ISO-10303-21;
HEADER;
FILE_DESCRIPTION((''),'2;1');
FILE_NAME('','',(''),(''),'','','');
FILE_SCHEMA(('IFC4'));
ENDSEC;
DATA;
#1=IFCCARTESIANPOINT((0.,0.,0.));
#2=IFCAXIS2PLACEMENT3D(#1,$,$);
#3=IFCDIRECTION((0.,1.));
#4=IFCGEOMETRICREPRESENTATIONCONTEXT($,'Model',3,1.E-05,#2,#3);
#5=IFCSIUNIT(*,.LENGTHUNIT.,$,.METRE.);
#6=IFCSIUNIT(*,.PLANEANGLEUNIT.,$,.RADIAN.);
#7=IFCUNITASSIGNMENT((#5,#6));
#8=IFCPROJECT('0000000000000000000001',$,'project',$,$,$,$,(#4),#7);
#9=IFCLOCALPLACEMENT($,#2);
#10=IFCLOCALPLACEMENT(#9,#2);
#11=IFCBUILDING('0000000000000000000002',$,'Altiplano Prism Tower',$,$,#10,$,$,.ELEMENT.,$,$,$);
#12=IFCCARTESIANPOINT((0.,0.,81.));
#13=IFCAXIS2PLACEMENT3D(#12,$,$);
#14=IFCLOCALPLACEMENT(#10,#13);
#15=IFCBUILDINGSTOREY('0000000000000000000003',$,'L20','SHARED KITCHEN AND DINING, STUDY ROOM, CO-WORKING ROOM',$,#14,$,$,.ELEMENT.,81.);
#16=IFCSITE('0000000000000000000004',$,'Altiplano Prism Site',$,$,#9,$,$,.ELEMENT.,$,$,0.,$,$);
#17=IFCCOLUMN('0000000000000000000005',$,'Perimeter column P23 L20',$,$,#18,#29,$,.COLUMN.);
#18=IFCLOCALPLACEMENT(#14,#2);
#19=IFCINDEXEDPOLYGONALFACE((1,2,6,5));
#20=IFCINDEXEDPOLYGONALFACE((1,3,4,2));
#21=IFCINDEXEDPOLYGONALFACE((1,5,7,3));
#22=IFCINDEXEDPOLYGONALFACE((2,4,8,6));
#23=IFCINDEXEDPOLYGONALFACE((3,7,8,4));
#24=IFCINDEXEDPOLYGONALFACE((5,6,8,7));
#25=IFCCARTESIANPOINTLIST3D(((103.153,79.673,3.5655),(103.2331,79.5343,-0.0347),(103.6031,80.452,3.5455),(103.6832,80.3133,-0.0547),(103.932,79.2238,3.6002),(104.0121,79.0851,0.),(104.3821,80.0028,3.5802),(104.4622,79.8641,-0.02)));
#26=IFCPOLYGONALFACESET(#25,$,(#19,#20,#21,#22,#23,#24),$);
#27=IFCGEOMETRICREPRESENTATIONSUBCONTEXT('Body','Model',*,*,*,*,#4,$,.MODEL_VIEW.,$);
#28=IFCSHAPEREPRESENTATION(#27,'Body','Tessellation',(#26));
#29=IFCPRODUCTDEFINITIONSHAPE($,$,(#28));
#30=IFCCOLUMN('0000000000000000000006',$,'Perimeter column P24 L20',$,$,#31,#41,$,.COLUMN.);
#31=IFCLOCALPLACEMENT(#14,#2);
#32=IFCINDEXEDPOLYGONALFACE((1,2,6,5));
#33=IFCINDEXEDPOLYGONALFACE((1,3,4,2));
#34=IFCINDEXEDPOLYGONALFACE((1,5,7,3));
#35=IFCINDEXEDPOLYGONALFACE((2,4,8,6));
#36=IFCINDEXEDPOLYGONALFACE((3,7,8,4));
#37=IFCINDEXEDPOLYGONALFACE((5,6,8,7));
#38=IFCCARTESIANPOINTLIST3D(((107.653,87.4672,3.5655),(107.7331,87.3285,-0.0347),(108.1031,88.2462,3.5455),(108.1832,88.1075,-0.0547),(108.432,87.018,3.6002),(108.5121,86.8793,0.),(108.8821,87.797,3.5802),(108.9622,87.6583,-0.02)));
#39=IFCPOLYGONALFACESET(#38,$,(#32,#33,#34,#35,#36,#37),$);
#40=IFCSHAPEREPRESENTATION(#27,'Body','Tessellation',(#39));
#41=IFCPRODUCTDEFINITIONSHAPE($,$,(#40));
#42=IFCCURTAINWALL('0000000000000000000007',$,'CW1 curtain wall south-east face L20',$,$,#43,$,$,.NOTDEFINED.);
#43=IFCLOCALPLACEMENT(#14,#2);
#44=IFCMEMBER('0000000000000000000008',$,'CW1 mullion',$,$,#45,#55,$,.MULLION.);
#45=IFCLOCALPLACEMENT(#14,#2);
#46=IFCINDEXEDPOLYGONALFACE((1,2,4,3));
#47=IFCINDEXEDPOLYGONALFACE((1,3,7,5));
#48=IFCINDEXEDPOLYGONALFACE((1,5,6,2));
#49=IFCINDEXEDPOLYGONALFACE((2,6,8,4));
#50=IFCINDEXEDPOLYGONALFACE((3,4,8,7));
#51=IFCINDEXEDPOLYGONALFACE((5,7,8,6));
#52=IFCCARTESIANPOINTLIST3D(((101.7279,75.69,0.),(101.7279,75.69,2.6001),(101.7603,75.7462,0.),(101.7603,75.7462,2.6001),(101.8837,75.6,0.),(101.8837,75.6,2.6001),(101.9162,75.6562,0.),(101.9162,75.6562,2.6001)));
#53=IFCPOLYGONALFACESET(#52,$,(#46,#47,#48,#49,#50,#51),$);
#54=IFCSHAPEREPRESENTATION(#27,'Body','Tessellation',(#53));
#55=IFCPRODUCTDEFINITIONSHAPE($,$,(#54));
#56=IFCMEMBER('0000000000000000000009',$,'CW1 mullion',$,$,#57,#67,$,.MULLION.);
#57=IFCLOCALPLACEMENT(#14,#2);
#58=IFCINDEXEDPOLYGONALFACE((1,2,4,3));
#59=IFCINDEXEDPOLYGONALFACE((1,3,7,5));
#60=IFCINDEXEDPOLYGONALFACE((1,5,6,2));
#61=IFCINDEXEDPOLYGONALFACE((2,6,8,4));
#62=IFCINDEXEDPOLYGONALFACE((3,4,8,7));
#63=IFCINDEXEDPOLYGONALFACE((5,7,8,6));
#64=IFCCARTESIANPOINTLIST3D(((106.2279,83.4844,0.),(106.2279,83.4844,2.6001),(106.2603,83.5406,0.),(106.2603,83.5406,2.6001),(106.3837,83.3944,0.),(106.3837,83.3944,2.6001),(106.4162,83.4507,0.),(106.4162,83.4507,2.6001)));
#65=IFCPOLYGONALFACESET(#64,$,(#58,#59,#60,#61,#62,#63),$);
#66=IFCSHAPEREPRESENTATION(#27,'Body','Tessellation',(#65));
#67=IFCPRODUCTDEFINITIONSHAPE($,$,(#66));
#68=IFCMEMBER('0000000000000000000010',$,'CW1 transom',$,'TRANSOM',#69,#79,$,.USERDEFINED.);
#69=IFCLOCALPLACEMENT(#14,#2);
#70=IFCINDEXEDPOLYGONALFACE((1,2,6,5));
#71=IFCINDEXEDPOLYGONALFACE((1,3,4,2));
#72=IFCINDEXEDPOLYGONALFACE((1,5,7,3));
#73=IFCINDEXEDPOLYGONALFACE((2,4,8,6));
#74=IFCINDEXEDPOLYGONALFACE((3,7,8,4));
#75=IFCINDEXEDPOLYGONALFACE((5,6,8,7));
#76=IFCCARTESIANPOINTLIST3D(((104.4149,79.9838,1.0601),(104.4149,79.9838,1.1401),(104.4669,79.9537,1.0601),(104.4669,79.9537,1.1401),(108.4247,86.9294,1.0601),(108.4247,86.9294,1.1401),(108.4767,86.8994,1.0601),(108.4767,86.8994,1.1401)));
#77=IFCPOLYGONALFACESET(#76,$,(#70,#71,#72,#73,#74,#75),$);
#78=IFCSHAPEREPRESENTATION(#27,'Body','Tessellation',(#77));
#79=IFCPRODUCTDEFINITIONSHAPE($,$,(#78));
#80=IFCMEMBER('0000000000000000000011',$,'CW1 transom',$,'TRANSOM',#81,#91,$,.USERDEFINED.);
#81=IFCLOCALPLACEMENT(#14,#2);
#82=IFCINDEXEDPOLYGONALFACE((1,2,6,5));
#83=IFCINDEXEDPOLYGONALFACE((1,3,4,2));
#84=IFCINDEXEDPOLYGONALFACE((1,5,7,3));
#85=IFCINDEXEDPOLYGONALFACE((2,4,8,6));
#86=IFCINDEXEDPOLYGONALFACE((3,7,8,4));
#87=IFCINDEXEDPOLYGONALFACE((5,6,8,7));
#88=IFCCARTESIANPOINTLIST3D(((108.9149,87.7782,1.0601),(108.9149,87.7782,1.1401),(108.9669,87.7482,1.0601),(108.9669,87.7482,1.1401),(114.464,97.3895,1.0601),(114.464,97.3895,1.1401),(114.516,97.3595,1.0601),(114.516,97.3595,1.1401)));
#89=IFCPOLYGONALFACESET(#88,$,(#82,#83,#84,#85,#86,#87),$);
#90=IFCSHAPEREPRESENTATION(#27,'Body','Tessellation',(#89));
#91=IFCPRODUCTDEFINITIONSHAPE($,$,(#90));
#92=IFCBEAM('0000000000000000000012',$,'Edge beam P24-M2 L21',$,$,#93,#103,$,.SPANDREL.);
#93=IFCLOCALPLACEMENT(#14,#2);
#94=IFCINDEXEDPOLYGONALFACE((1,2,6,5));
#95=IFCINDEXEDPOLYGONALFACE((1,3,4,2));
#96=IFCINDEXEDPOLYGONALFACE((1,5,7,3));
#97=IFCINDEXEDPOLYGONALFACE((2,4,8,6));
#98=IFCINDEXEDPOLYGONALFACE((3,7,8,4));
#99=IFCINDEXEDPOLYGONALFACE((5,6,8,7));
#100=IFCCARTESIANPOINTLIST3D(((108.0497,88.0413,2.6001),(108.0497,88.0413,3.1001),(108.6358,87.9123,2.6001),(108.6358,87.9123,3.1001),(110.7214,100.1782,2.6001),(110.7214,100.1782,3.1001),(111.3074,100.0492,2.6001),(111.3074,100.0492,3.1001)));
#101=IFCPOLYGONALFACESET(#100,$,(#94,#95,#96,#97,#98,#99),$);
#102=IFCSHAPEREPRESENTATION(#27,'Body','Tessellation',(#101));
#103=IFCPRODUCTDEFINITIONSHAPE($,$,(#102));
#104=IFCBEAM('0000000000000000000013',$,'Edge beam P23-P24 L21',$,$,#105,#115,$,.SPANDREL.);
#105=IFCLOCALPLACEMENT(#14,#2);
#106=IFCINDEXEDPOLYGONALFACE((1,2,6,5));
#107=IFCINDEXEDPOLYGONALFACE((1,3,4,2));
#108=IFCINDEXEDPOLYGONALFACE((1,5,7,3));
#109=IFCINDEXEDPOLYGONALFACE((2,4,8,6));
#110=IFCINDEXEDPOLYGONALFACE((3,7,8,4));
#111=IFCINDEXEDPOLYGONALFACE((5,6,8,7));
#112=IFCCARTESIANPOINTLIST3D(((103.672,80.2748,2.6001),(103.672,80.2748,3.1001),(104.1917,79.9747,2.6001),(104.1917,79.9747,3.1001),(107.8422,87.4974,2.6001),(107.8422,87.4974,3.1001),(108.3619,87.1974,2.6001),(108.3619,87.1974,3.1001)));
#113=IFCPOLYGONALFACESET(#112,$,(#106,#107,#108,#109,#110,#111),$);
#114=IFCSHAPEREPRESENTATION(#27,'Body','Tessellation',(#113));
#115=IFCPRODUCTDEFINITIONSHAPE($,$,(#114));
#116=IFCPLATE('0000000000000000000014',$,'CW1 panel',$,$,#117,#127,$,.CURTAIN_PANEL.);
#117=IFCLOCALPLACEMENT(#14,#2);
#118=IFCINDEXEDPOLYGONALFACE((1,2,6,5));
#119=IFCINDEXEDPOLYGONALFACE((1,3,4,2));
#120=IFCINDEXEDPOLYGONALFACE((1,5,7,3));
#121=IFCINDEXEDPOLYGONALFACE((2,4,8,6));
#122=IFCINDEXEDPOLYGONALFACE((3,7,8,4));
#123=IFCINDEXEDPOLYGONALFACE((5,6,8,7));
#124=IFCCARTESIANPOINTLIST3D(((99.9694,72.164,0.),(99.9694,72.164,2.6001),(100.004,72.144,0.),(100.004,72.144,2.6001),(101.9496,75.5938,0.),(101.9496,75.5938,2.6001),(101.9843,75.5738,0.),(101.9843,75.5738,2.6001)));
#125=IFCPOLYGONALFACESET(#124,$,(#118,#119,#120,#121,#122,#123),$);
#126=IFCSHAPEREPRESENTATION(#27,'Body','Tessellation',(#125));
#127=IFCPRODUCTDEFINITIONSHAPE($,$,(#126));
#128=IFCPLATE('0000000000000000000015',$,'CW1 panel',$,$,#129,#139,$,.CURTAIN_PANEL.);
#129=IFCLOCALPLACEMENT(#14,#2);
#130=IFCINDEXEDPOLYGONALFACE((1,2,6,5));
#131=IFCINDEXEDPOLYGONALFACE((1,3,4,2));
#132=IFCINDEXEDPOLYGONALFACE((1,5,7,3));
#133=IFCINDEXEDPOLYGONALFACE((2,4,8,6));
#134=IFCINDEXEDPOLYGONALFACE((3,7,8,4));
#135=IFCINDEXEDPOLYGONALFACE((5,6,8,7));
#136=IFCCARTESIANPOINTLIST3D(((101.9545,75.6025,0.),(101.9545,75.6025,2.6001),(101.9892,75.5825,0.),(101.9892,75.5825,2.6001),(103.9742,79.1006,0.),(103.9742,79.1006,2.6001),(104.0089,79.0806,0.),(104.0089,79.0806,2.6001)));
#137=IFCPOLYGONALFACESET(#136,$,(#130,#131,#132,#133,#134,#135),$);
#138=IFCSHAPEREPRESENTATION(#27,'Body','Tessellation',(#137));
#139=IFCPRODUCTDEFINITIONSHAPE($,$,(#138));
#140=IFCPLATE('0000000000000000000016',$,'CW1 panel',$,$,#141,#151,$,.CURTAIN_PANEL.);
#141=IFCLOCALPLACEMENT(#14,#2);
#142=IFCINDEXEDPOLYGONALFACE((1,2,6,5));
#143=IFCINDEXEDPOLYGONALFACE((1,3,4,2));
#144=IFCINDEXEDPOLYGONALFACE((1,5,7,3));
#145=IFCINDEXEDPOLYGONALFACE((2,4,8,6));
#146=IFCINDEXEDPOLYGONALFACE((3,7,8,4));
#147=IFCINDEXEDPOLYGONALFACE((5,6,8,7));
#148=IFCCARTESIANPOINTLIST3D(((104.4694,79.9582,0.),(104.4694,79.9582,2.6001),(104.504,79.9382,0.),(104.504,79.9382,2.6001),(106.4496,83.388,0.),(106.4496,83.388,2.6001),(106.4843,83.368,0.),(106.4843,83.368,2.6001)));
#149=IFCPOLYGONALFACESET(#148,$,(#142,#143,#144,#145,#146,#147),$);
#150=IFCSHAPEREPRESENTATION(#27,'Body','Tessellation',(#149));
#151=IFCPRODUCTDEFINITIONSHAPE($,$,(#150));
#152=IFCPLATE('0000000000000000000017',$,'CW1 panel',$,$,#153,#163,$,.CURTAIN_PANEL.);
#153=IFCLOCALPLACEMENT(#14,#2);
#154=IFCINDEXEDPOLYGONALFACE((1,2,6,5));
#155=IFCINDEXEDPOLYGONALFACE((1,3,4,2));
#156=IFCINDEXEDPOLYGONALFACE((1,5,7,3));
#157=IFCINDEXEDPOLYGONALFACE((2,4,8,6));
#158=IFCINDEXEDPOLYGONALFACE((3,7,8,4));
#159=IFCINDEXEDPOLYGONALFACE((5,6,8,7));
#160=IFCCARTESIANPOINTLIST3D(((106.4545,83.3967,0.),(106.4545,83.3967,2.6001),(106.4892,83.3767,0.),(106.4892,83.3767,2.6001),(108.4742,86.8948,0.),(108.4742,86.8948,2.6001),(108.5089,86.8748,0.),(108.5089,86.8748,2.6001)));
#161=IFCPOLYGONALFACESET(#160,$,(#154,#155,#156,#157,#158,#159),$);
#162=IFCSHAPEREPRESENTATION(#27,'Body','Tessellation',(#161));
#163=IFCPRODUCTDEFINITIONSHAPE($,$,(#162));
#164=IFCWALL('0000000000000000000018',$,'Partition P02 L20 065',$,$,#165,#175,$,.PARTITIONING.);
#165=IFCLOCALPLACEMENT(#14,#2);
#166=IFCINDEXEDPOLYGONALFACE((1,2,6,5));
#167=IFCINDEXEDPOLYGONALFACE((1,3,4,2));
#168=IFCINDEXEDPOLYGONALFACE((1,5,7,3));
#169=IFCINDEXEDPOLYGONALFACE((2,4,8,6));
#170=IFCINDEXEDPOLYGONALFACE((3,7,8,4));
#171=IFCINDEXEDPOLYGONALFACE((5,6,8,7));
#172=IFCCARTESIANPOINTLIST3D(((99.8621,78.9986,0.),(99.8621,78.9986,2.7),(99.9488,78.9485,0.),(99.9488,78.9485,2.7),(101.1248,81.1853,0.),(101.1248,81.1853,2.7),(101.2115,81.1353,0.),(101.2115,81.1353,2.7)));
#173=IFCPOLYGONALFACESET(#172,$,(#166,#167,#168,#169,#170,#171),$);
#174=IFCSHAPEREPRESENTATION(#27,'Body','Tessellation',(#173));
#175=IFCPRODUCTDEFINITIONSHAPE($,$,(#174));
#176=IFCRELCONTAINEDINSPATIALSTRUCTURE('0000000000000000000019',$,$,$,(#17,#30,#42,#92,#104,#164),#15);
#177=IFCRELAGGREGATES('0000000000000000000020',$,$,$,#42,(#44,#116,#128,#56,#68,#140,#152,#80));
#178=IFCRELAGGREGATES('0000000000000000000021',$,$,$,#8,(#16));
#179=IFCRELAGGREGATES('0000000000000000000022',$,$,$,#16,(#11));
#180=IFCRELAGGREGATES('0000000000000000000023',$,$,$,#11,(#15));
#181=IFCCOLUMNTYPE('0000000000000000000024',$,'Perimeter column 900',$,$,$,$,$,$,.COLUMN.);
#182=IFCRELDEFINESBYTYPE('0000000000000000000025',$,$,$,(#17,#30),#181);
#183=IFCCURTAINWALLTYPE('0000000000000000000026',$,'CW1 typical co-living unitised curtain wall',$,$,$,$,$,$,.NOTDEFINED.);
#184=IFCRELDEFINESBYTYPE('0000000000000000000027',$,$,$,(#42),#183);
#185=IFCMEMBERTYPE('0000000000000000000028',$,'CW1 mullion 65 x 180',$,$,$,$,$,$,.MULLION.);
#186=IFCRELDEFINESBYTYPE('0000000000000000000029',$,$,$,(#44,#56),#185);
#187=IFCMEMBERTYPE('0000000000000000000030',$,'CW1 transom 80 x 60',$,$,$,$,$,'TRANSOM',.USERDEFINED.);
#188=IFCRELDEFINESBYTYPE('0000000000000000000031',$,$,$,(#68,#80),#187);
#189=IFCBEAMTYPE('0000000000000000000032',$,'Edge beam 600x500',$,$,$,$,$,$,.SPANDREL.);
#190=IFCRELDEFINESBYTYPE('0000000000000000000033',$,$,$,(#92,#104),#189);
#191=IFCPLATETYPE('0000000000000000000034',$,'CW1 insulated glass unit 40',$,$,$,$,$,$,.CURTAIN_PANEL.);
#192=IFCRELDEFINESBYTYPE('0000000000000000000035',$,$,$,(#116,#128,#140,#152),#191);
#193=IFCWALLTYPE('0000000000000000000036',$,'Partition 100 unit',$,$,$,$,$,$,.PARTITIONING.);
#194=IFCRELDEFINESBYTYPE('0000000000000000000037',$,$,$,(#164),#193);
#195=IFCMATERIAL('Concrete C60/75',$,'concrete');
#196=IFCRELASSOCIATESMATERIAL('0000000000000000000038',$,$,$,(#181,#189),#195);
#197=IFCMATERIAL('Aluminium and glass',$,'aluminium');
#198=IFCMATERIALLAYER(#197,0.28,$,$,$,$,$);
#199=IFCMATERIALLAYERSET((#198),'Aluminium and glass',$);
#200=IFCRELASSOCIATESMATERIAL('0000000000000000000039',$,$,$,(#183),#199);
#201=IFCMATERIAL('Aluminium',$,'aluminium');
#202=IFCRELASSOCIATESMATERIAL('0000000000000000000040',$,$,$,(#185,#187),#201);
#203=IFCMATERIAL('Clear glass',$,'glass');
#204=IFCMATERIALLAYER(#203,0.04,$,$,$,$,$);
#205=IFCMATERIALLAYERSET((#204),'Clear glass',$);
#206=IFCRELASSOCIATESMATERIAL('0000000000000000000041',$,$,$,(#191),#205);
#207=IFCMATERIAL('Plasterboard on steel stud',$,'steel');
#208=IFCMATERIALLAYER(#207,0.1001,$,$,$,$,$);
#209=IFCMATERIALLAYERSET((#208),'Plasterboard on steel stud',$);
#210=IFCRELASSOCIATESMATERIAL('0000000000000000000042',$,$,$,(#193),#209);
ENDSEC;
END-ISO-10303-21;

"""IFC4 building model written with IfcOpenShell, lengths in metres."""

from ifc_helpers import new_model, si_unit, direction, frame, frame_2d, origin, origin_2d, place, context, subcontext, project, spatial, rectangle, extrude, material, layer, layer_set, material_profile, profile_set, type_object, element, aggregate, save


model = new_model("IFC4")

# Units and contexts
model_context = context("Model", 3, precision=1e-05, world=origin(), true_north=direction((0.0, 1.0)))
body_context = subcontext(model_context, "Body", "Model", "MODEL_VIEW")
ifc_project = project(units=[si_unit("LENGTHUNIT", "METRE"), si_unit("PLANEANGLEUNIT", "RADIAN")], contexts=[model_context])

# Site, building, storey
site_placement = place(None, origin())
site = spatial("IfcSite", under=ifc_project, at=site_placement, Name="Altiplano Prism Site", CompositionType="ELEMENT", RefElevation=0.0)
building_placement = place(site_placement, origin())
building = spatial("IfcBuilding", under=site, at=building_placement, Name="Altiplano Prism Tower", CompositionType="ELEMENT")
storey_placement = place(building_placement, frame((0.0, 0.0, 81.0)))
storey = spatial("IfcBuildingStorey", under=building, at=storey_placement, Name="L20", Description="SHARED KITCHEN AND DINING, STUDY ROOM, CO-WORKING ROOM", CompositionType="ELEMENT", Elevation=81.0)

# Columns
ifc_material_1 = material(Name="Concrete C60/75", Category="concrete")
ifc_material_profile_1 = material_profile(ifc_material_1, rectangle(XDim=0.8999, YDim=0.8999, at=origin_2d()), Name="Perimeter column 900")
ifc_profile_set_1 = profile_set([ifc_material_profile_1], Name="Concrete C60/75")
column_type = type_object("IfcColumnType", Name="Perimeter column 900", PredefinedType="COLUMN", material=ifc_profile_set_1)
for number, where, z_axis, x_axis, name in (
    (1, (103.8477, 79.6992, -0.0273), (-0.022221, 0.038481, 0.999012), (-0.500175, -0.865639, 0.022218), "Perimeter column P23 L20"),
    (2, (108.3477, 87.4934, -0.0273), (-0.022221, 0.038481, 0.999012), (-0.500175, -0.865639, 0.022218), "Perimeter column P24 L20"),
):
    element("IfcColumn", number, at=place(storey_placement, frame(where, z_axis=z_axis, x_axis=x_axis)), inside=storey, type_object=column_type, Name=name, PredefinedType="COLUMN", context=body_context, shape_type="SweptSolid", body=[
        extrude(rectangle(XDim=0.8999, YDim=0.8999, at=origin_2d()), origin(), (0.0, 0.0, 1.0), 3.6038),
    ])

# Curtain wall, members
ifc_material_2 = material(Name="Aluminium and glass", Category="aluminium")
ifc_layer_1 = layer(ifc_material_2, 0.28)
ifc_layer_set_1 = layer_set([ifc_layer_1], Name="Aluminium and glass")
curtain_wall_type = type_object("IfcCurtainWallType", Name="CW1 typical co-living unitised curtain wall", PredefinedType="NOTDEFINED", material=ifc_layer_set_1)
curtain_wall_placement = place(storey_placement, origin())
curtain_wall = element("IfcCurtainWall", 3, at=curtain_wall_placement, inside=storey, type_object=curtain_wall_type, Name="CW1 curtain wall south-east face L20", PredefinedType="NOTDEFINED")
ifc_material_3 = material(Name="Aluminium", Category="aluminium")
ifc_material_profile_2 = material_profile(ifc_material_3, rectangle(XDim=0.1799, YDim=0.0649, at=origin_2d()), Name="CW1 mullion 65 x 180")
ifc_profile_set_2 = profile_set([ifc_material_profile_2], Name="Aluminium")
member_type_1 = type_object("IfcMemberType", Name="CW1 mullion 65 x 180", PredefinedType="MULLION", material=ifc_profile_set_2)
member_1_placement = place(storey_placement, frame((101.822, 75.6731, 0.0), z_axis=(0.0, 0.0, 1.0), x_axis=(-0.866025, 0.5, 0.0)))
member_1 = element("IfcMember", 4, at=member_1_placement, type_object=member_type_1, Name="CW1 mullion", PredefinedType="MULLION", context=body_context, shape_type="SweptSolid", body=[
    extrude(rectangle(XDim=0.1799, YDim=0.0649, at=origin_2d()), origin(), (0.0, 0.0, 1.0), 2.6001),
])
member_2_placement = place(storey_placement, frame((106.322, 83.4675, 0.0), z_axis=(0.0, 0.0, 1.0), x_axis=(-0.866025, 0.5, 0.0)))
member_2 = element("IfcMember", 5, at=member_2_placement, type_object=member_type_1, Name="CW1 mullion", PredefinedType="MULLION", context=body_context, shape_type="SweptSolid", body=[
    extrude(rectangle(XDim=0.1799, YDim=0.0649, at=origin_2d()), origin(), (0.0, 0.0, 1.0), 2.6001),
])
ifc_material_profile_3 = material_profile(ifc_material_3, rectangle(XDim=0.0601, YDim=0.0801, at=origin_2d()), Name="CW1 transom 80 x 60")
ifc_profile_set_3 = profile_set([ifc_material_profile_3], Name="Aluminium")
member_type_2 = type_object("IfcMemberType", Name="CW1 transom 80 x 60", ElementType="TRANSOM", PredefinedType="USERDEFINED", material=ifc_profile_set_3)
member_3_placement = place(storey_placement, frame((104.4409, 79.9688, 1.1001), z_axis=(0.499976, 0.866039, 0.0), x_axis=(-0.866039, 0.499976, 0.0)))
member_3 = element("IfcMember", 6, at=member_3_placement, type_object=member_type_2, Name="CW1 transom", ObjectType="TRANSOM", PredefinedType="USERDEFINED", context=body_context, shape_type="SweptSolid", body=[
    extrude(rectangle(XDim=0.0601, YDim=0.0801, at=origin_2d()), origin(), (0.0, 0.0, 1.0), 8.02),
])
member_4_placement = place(storey_placement, frame((108.9409, 87.7632, 1.1001), z_axis=(0.499998, 0.866027, 0.0), x_axis=(-0.866027, 0.499998, 0.0)))
member_4 = element("IfcMember", 7, at=member_4_placement, type_object=member_type_2, Name="CW1 transom", ObjectType="TRANSOM", PredefinedType="USERDEFINED", context=body_context, shape_type="SweptSolid", body=[
    extrude(rectangle(XDim=0.0601, YDim=0.0801, at=origin_2d()), origin(), (0.0, 0.0, 1.0), 11.0981),
])

# Beams
ifc_material_profile_4 = material_profile(ifc_material_1, rectangle(XDim=0.6001, YDim=0.5, at=origin_2d()), Name="Edge beam 600x500")
ifc_profile_set_4 = profile_set([ifc_material_profile_4], Name="Concrete C60/75")
beam_type = type_object("IfcBeamType", Name="Edge beam 600x500", PredefinedType="SPANDREL", material=ifc_profile_set_4)
beam_1_placement = place(storey_placement, frame((108.3428, 87.9768, 2.8501), z_axis=(0.214977, 0.976619, 0.0), x_axis=(-0.976619, 0.214977, 0.0)))
element("IfcBeam", 8, at=beam_1_placement, inside=storey, type_object=beam_type, Name="Edge beam P24-M2 L21", PredefinedType="SPANDREL", context=body_context, shape_type="SweptSolid", body=[
    extrude(rectangle(XDim=0.6001, YDim=0.5, at=origin_2d()), origin(), (0.0, 0.0, 1.0), 12.4275),
])
beam_2_placement = place(storey_placement, frame((103.9319, 80.1248, 2.8501), z_axis=(0.500015, 0.866017, 0.0), x_axis=(-0.866017, 0.500015, 0.0)))
element("IfcBeam", 9, at=beam_2_placement, inside=storey, type_object=beam_type, Name="Edge beam P23-P24 L21", PredefinedType="SPANDREL", context=body_context, shape_type="SweptSolid", body=[
    extrude(rectangle(XDim=0.6001, YDim=0.5, at=origin_2d()), origin(), (0.0, 0.0, 1.0), 8.3401),
])

# Plates
ifc_material_4 = material(Name="Clear glass", Category="glass")
ifc_layer_2 = layer(ifc_material_4, 0.04)
ifc_layer_set_2 = layer_set([ifc_layer_2], Name="Clear glass")
plate_type = type_object("IfcPlateType", Name="CW1 insulated glass unit 40", PredefinedType="CURTAIN_PANEL", material=ifc_layer_set_2)
plate_1_placement = place(storey_placement, frame((100.9768, 73.8689, 0.0), z_axis=(0.0, 0.0, 1.0), x_axis=(0.5, 0.866025, 0.0)))
plate_1 = element("IfcPlate", 10, at=plate_1_placement, type_object=plate_type, Name="CW1 panel", PredefinedType="CURTAIN_PANEL", context=body_context, shape_type="SweptSolid", body=[
    extrude(rectangle(XDim=3.9604, YDim=0.04, at=origin_2d()), origin(), (0.0, 0.0, 1.0), 2.6001),
])
plate_2_placement = place(storey_placement, frame((102.9817, 77.3416, 0.0), z_axis=(0.0, 0.0, 1.0), x_axis=(0.5, 0.866025, 0.0)))
plate_2 = element("IfcPlate", 11, at=plate_2_placement, type_object=plate_type, Name="CW1 panel", PredefinedType="CURTAIN_PANEL", context=body_context, shape_type="SweptSolid", body=[
    extrude(rectangle(XDim=4.0393, YDim=0.04, at=origin_2d()), origin(), (0.0, 0.0, 1.0), 2.6001),
])
plate_3_placement = place(storey_placement, frame((105.4768, 81.6631, 0.0), z_axis=(0.0, 0.0, 1.0), x_axis=(0.5, 0.866025, 0.0)))
plate_3 = element("IfcPlate", 12, at=plate_3_placement, type_object=plate_type, Name="CW1 panel", PredefinedType="CURTAIN_PANEL", context=body_context, shape_type="SweptSolid", body=[
    extrude(rectangle(XDim=3.9604, YDim=0.04, at=origin_2d()), origin(), (0.0, 0.0, 1.0), 2.6001),
])
plate_4_placement = place(storey_placement, frame((107.4817, 85.1357, 0.0), z_axis=(0.0, 0.0, 1.0), x_axis=(0.5, 0.866025, 0.0)))
plate_4 = element("IfcPlate", 13, at=plate_4_placement, type_object=plate_type, Name="CW1 panel", PredefinedType="CURTAIN_PANEL", context=body_context, shape_type="SweptSolid", body=[
    extrude(rectangle(XDim=4.0393, YDim=0.04, at=origin_2d()), origin(), (0.0, 0.0, 1.0), 2.6001),
])
aggregate(curtain_wall, [member_1, plate_1, plate_2, member_2, member_3, plate_3, plate_4, member_4])

# Wall
ifc_material_5 = material(Name="Plasterboard on steel stud", Category="steel")
ifc_layer_3 = layer(ifc_material_5, 0.1001)
ifc_layer_set_3 = layer_set([ifc_layer_3], Name="Plasterboard on steel stud")
wall_type_1 = type_object("IfcWallType", Name="Partition 100 unit", PredefinedType="PARTITIONING", material=ifc_layer_set_3)
wall_1_placement = place(storey_placement, frame((101.1682, 81.1604, 0.0), z_axis=(0.0, 0.0, 1.0), x_axis=(-0.500049, -0.865997, 0.0)))
element("IfcWall", 14, at=wall_1_placement, inside=storey, type_object=wall_type_1, Name="Partition P02 L20 065", PredefinedType="PARTITIONING", context=body_context, shape_type="SweptSolid", body=[
    extrude(rectangle(XDim=2.5251, YDim=0.1001, at=frame_2d((1.2627, 0.0))), origin(), (0.0, 0.0, 1.0), 2.7),
])

save(model, "model.ifc")
